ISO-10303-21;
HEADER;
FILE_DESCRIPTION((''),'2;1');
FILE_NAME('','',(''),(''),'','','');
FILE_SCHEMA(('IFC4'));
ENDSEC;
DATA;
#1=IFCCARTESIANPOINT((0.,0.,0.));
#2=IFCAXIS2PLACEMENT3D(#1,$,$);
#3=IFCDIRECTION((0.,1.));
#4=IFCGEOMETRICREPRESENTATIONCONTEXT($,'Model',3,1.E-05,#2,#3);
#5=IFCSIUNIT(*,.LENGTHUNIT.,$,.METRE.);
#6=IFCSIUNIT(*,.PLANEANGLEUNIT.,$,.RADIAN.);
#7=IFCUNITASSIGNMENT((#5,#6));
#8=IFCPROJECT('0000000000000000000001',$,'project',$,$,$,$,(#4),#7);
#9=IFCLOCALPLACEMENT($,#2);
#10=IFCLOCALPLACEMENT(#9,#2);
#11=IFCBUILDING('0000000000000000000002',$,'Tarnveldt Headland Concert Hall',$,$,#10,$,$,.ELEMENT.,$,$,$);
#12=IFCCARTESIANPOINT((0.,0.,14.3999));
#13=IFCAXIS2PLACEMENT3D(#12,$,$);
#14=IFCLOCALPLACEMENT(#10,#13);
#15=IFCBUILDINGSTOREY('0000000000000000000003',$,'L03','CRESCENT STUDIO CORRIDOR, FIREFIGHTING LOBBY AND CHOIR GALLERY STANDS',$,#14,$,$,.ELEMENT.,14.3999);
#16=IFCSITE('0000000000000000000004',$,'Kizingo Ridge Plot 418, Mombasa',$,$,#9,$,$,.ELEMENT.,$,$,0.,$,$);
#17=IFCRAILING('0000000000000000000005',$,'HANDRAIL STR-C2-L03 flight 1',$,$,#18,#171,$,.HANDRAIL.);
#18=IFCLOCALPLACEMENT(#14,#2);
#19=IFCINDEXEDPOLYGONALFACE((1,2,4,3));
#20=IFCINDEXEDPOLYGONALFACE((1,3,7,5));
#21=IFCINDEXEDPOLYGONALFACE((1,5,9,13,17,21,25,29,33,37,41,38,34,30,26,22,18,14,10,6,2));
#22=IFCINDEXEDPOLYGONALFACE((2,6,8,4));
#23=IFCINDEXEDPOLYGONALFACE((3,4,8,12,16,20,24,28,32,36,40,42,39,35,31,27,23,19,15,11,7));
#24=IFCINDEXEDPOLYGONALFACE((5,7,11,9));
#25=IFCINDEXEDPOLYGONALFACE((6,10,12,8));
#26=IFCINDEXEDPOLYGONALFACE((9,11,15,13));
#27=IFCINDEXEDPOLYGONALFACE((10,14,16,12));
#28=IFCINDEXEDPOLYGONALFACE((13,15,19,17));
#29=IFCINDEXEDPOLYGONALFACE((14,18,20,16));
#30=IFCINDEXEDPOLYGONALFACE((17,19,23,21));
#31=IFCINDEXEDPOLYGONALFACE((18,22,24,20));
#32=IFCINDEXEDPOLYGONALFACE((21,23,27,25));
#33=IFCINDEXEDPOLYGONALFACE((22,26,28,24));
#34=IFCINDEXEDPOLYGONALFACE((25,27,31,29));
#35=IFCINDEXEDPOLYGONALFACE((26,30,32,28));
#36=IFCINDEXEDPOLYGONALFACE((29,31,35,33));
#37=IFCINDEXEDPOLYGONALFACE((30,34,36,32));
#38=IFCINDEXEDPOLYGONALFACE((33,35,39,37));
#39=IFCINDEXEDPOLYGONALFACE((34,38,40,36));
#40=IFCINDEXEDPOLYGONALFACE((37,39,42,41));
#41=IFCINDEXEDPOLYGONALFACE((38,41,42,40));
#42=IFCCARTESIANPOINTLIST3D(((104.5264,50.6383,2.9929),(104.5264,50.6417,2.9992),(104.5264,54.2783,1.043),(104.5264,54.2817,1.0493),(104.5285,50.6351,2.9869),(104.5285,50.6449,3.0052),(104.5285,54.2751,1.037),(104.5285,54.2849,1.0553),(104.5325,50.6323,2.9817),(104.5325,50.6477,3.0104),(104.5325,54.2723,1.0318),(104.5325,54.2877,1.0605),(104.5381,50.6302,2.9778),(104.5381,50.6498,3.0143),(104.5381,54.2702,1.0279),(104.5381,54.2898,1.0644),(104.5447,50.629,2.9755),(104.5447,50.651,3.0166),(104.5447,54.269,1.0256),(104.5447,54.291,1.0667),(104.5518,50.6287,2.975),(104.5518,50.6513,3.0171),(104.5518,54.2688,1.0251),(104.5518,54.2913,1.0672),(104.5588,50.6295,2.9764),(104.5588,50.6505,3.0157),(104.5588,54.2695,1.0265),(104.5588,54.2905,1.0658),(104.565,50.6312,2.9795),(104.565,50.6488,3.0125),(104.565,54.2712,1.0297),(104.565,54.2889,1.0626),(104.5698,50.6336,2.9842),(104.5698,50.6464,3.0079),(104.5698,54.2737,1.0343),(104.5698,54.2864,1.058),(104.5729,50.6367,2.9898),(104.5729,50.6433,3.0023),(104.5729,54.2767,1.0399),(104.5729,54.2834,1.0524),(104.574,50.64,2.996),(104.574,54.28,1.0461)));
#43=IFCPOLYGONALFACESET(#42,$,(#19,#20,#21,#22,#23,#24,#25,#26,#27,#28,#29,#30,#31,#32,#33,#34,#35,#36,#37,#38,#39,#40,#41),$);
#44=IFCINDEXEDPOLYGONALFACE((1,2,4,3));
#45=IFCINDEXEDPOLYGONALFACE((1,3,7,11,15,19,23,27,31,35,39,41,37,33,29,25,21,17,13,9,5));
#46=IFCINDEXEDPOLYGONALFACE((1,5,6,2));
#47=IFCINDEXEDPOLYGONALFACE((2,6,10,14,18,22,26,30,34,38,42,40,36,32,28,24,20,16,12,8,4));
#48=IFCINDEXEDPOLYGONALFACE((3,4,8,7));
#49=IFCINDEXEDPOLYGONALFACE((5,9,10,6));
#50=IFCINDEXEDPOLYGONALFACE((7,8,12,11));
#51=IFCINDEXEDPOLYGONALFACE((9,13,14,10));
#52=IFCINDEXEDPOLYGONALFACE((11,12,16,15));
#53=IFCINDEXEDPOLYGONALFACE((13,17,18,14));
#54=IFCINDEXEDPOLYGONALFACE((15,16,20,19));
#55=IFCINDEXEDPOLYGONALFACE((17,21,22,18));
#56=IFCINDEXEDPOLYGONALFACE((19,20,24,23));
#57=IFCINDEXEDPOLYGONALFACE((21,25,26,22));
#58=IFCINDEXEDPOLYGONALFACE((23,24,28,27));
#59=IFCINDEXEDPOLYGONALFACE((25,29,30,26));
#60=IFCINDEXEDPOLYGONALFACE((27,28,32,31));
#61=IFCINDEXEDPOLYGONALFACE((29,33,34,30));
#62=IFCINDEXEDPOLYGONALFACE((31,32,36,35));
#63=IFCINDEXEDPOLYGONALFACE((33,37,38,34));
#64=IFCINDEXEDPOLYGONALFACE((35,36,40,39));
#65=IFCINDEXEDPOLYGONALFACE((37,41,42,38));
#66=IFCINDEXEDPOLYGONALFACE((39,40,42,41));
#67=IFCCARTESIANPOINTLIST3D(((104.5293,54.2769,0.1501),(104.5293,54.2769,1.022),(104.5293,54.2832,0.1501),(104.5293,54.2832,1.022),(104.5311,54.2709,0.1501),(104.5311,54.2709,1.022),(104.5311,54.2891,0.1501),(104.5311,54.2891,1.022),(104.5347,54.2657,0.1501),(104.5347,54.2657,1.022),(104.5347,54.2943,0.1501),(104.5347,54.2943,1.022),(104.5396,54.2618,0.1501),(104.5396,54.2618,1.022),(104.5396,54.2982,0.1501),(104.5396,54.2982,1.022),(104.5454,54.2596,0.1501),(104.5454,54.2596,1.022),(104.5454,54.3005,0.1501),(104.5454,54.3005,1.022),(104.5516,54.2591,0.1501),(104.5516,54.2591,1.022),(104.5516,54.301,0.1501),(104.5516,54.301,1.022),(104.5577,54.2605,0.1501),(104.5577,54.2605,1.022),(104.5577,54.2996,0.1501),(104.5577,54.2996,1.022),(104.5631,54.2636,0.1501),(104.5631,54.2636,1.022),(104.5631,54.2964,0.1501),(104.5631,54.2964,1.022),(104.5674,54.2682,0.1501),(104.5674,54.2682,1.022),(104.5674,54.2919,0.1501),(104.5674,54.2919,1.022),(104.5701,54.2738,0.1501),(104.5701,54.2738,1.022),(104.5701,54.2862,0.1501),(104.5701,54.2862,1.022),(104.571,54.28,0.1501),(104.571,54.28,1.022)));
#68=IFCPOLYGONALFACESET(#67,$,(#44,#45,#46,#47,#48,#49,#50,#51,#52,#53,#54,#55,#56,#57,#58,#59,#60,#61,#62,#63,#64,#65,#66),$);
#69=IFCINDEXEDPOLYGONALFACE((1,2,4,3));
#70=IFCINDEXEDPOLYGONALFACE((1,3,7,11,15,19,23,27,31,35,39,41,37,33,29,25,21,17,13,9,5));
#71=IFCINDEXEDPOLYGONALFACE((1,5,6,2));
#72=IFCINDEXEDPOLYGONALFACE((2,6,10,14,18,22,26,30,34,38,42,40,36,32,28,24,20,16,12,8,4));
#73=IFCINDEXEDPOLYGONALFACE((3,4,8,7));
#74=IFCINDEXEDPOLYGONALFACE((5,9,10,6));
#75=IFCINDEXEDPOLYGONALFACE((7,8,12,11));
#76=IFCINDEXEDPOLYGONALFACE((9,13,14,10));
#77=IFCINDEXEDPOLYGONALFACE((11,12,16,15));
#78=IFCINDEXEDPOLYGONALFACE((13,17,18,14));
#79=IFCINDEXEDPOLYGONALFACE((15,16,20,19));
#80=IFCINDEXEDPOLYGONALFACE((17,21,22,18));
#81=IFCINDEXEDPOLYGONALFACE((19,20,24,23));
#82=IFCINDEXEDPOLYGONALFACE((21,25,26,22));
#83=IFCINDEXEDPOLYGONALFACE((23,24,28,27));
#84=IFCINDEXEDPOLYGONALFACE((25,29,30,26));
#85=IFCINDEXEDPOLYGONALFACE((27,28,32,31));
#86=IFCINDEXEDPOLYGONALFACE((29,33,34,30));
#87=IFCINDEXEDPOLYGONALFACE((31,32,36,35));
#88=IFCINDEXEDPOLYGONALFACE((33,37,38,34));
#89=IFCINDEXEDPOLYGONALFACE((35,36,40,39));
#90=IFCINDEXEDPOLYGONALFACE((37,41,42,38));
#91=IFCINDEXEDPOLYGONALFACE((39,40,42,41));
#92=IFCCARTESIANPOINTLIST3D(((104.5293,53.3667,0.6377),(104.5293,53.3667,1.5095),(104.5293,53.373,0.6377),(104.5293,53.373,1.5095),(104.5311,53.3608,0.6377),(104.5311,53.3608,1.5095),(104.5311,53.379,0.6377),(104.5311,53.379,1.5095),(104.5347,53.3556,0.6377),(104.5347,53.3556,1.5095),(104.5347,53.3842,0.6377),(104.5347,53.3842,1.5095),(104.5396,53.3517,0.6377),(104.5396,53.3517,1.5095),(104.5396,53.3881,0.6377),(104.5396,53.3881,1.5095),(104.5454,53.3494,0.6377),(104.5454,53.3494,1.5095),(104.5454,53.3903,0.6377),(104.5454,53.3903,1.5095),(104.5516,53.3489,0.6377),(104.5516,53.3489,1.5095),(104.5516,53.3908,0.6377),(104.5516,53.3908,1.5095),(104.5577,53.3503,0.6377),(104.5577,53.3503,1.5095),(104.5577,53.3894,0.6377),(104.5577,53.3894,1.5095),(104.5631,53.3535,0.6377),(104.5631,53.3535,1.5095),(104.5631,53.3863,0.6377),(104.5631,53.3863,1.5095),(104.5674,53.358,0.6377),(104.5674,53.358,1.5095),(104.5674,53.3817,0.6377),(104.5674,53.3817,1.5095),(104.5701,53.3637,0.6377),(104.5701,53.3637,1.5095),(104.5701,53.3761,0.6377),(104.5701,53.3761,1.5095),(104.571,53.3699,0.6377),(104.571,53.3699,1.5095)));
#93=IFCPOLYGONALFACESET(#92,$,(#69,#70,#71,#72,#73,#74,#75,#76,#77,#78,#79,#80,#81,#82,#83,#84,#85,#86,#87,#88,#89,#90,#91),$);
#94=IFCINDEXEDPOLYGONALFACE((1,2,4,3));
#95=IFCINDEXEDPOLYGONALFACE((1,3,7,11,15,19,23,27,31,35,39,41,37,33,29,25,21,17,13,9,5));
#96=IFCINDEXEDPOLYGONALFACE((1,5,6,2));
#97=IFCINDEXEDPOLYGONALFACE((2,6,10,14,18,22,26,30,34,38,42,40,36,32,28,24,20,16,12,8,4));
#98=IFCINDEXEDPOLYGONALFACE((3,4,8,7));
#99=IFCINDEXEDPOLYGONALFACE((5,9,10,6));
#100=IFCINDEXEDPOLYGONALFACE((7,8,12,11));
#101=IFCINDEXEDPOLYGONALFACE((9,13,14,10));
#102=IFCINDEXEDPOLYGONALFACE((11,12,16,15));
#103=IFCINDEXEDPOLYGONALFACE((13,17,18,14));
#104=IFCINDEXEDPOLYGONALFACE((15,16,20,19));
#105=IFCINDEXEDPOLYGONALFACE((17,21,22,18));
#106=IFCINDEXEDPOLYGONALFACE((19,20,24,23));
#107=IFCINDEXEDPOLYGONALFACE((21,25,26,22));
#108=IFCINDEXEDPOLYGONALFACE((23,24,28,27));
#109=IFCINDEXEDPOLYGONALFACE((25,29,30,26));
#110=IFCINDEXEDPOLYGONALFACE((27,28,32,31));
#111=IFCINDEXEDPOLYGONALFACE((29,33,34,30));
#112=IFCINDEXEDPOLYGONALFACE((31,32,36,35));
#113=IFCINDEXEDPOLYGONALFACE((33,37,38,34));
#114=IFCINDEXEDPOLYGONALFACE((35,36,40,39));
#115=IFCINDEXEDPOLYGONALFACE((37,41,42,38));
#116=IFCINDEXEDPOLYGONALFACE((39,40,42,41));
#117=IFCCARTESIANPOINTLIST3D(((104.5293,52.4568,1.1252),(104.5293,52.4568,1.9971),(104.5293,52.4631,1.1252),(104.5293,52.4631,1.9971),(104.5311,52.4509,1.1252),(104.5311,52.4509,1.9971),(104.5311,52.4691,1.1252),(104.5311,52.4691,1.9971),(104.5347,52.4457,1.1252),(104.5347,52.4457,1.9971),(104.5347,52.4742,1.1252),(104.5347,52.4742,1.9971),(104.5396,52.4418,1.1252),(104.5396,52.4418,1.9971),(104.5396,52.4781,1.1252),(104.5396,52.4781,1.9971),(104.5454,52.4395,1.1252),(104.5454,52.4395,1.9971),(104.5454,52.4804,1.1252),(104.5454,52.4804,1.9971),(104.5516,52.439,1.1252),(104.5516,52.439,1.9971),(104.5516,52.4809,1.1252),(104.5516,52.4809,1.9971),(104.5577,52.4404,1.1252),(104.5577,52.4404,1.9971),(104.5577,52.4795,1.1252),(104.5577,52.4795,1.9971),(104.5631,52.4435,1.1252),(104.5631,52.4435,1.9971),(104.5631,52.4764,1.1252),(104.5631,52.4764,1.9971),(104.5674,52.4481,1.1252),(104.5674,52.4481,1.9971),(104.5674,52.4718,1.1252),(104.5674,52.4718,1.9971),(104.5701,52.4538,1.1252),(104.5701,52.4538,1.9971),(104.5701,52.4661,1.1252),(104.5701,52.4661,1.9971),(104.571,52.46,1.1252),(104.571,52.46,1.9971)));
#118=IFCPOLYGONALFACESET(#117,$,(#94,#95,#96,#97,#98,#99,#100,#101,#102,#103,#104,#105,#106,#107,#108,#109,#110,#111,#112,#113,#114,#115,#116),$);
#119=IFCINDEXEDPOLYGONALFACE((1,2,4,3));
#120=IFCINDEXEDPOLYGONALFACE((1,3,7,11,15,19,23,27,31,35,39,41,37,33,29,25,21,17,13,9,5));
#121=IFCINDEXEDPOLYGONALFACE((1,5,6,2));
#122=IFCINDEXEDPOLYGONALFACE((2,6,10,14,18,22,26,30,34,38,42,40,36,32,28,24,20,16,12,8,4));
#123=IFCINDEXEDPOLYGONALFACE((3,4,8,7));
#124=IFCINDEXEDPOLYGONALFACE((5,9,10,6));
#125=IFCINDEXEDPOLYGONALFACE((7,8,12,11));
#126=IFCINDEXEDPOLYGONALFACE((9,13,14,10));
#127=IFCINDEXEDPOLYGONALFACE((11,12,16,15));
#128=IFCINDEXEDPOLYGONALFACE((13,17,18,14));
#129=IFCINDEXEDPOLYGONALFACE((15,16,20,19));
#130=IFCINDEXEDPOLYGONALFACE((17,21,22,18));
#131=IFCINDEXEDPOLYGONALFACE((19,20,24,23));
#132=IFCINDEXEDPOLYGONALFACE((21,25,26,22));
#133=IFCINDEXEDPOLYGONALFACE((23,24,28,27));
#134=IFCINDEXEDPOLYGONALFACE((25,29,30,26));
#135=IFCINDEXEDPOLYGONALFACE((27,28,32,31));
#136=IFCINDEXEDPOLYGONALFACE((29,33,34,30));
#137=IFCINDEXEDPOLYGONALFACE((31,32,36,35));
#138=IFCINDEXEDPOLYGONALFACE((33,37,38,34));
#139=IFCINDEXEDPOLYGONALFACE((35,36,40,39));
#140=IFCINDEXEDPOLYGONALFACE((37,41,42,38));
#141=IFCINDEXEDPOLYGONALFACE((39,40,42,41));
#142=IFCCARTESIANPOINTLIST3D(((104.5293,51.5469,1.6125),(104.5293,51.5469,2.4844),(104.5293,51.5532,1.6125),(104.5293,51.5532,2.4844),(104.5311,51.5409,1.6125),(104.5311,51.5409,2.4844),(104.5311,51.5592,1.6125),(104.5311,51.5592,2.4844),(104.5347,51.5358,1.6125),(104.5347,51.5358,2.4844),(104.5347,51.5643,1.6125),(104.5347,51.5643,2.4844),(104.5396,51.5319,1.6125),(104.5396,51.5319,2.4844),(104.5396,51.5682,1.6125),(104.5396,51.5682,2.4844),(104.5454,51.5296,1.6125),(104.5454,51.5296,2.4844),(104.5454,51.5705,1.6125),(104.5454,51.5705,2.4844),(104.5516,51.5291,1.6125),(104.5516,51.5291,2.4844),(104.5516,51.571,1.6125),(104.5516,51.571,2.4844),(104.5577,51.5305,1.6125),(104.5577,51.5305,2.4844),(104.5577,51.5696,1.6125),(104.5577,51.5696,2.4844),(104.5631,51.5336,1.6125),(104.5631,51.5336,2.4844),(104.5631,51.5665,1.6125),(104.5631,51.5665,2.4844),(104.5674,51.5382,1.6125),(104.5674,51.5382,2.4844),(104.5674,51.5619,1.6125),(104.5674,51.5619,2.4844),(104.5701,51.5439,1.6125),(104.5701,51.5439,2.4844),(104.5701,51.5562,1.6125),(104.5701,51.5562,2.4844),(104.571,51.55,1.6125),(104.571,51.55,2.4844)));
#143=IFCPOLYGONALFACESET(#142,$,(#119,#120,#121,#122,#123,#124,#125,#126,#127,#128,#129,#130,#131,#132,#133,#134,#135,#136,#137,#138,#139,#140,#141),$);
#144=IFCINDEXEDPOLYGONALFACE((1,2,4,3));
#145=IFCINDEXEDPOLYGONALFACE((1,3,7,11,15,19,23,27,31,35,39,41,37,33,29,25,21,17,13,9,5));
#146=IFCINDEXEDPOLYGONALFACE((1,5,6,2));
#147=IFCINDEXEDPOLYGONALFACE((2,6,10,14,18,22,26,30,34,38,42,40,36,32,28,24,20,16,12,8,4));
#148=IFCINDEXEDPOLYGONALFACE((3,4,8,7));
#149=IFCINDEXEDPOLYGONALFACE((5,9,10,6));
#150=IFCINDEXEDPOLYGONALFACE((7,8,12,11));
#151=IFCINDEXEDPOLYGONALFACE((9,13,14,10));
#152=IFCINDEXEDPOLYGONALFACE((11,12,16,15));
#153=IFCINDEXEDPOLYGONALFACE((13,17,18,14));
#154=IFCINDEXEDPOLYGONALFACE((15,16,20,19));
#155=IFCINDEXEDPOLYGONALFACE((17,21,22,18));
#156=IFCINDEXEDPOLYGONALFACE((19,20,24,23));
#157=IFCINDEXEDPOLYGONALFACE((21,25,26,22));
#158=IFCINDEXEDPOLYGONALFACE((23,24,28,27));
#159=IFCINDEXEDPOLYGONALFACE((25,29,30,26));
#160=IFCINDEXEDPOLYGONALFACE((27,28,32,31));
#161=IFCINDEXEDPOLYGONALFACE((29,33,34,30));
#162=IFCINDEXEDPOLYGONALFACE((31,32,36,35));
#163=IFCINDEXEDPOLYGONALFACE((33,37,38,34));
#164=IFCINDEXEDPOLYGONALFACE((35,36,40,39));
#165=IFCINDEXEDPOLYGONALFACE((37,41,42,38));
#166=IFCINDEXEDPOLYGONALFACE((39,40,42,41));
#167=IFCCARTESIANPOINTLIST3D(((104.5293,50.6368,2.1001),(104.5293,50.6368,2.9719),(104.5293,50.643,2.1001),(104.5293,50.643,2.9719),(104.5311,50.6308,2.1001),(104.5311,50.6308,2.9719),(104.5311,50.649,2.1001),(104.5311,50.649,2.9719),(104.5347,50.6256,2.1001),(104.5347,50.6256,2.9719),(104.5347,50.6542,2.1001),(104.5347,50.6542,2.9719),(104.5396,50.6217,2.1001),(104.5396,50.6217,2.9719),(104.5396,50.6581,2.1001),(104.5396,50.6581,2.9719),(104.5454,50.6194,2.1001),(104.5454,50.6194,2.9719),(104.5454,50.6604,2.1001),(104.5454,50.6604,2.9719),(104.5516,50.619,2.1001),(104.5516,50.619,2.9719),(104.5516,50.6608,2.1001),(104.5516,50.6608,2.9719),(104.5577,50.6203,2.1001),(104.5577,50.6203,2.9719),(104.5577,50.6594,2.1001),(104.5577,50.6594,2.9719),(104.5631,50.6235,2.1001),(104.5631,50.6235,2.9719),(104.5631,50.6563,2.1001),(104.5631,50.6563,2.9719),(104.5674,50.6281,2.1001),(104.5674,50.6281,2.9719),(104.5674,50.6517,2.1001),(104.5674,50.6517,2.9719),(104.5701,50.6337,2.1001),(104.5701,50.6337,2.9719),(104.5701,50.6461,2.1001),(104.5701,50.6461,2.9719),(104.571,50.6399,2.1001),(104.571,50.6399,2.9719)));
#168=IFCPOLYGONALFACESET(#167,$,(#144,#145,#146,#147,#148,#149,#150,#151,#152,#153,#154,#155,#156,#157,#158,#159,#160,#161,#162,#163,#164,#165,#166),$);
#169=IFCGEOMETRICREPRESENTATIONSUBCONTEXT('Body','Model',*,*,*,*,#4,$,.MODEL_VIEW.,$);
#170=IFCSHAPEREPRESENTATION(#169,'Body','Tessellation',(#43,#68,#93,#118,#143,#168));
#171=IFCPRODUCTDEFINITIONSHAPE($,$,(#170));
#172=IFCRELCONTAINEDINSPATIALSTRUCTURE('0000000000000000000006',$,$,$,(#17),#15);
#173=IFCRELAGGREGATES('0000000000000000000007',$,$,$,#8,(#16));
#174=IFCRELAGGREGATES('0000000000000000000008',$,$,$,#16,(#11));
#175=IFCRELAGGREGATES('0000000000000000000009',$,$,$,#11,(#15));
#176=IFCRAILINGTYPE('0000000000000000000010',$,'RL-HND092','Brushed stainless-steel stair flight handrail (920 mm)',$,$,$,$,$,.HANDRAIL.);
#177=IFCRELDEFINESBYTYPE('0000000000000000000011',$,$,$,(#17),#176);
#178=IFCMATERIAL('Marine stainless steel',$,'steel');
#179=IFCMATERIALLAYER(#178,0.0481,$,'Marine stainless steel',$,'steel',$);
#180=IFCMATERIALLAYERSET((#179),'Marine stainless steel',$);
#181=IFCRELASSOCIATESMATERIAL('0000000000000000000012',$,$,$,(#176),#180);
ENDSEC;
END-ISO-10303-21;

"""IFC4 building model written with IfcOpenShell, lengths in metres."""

from ifc_helpers import new_model, si_unit, direction, frame, origin, origin_2d, place, context, subcontext, project, spatial, circle, extrude, material, layer, layer_set, type_object, element, save


model = new_model("IFC4")

# Units and contexts
model_context = context("Model", 3, precision=1e-05, world=origin(), true_north=direction((0.0, 1.0)))
body_context = subcontext(model_context, "Body", "Model", "MODEL_VIEW")
ifc_project = project(units=[si_unit("LENGTHUNIT", "METRE"), si_unit("PLANEANGLEUNIT", "RADIAN")], contexts=[model_context])

# Site, building, storey
site_placement = place(None, origin())
site = spatial("IfcSite", under=ifc_project, at=site_placement, Name="Kizingo Ridge Plot 418, Mombasa", CompositionType="ELEMENT", RefElevation=0.0)
building_placement = place(site_placement, origin())
building = spatial("IfcBuilding", under=site, at=building_placement, Name="Tarnveldt Headland Concert Hall", CompositionType="ELEMENT")
storey_placement = place(building_placement, frame((0.0, 0.0, 14.3999)))
storey = spatial("IfcBuildingStorey", under=building, at=storey_placement, Name="L03", Description="CRESCENT STUDIO CORRIDOR, FIREFIGHTING LOBBY AND CHOIR GALLERY STANDS", CompositionType="ELEMENT", Elevation=14.3999)

# Railing
ifc_material_1 = material(Name="Marine stainless steel", Category="steel")
ifc_layer_1 = layer(ifc_material_1, 0.0481, Name="Marine stainless steel", Category="steel")
ifc_layer_set_1 = layer_set([ifc_layer_1], Name="Marine stainless steel")
railing_type_1 = type_object("IfcRailingType", Name="RL-HND092", Description="Brushed stainless-steel stair flight handrail (920 mm)", PredefinedType="HANDRAIL", material=ifc_layer_set_1)
railing_1_placement = place(storey_placement, frame((104.55, 54.28, 0.1501)))
element("IfcRailing", 1, at=railing_1_placement, inside=storey, type_object=railing_type_1, Name="HANDRAIL STR-C2-L03 flight 1", PredefinedType="HANDRAIL", context=body_context, shape_type="SweptSolid", body=[
    extrude(circle(Radius=0.0239, at=origin_2d()), frame((0.0, 0.0, 0.896), z_axis=(0.0, -0.881492, 0.472198), x_axis=(1.0, 0.0, 0.0)), (0.0, 0.0, 1.0), 4.1294),
    extrude(circle(Radius=0.021, at=origin_2d()), origin(), (0.0, 0.0, 1.0), 0.8718),
    extrude(circle(Radius=0.021, at=origin_2d()), frame((0.0, -0.9102, 0.4875)), (0.0, 0.0, 1.0), 0.8718),
    extrude(circle(Radius=0.021, at=origin_2d()), frame((0.0, -1.8201, 0.9751)), (0.0, 0.0, 1.0), 0.8718),
    extrude(circle(Radius=0.021, at=origin_2d()), frame((0.0, -2.73, 1.4624)), (0.0, 0.0, 1.0), 0.8718),
    extrude(circle(Radius=0.021, at=origin_2d()), frame((0.0, -3.6401, 1.95)), (0.0, 0.0, 1.0), 0.8718),
])

save(model, "model.ifc")
